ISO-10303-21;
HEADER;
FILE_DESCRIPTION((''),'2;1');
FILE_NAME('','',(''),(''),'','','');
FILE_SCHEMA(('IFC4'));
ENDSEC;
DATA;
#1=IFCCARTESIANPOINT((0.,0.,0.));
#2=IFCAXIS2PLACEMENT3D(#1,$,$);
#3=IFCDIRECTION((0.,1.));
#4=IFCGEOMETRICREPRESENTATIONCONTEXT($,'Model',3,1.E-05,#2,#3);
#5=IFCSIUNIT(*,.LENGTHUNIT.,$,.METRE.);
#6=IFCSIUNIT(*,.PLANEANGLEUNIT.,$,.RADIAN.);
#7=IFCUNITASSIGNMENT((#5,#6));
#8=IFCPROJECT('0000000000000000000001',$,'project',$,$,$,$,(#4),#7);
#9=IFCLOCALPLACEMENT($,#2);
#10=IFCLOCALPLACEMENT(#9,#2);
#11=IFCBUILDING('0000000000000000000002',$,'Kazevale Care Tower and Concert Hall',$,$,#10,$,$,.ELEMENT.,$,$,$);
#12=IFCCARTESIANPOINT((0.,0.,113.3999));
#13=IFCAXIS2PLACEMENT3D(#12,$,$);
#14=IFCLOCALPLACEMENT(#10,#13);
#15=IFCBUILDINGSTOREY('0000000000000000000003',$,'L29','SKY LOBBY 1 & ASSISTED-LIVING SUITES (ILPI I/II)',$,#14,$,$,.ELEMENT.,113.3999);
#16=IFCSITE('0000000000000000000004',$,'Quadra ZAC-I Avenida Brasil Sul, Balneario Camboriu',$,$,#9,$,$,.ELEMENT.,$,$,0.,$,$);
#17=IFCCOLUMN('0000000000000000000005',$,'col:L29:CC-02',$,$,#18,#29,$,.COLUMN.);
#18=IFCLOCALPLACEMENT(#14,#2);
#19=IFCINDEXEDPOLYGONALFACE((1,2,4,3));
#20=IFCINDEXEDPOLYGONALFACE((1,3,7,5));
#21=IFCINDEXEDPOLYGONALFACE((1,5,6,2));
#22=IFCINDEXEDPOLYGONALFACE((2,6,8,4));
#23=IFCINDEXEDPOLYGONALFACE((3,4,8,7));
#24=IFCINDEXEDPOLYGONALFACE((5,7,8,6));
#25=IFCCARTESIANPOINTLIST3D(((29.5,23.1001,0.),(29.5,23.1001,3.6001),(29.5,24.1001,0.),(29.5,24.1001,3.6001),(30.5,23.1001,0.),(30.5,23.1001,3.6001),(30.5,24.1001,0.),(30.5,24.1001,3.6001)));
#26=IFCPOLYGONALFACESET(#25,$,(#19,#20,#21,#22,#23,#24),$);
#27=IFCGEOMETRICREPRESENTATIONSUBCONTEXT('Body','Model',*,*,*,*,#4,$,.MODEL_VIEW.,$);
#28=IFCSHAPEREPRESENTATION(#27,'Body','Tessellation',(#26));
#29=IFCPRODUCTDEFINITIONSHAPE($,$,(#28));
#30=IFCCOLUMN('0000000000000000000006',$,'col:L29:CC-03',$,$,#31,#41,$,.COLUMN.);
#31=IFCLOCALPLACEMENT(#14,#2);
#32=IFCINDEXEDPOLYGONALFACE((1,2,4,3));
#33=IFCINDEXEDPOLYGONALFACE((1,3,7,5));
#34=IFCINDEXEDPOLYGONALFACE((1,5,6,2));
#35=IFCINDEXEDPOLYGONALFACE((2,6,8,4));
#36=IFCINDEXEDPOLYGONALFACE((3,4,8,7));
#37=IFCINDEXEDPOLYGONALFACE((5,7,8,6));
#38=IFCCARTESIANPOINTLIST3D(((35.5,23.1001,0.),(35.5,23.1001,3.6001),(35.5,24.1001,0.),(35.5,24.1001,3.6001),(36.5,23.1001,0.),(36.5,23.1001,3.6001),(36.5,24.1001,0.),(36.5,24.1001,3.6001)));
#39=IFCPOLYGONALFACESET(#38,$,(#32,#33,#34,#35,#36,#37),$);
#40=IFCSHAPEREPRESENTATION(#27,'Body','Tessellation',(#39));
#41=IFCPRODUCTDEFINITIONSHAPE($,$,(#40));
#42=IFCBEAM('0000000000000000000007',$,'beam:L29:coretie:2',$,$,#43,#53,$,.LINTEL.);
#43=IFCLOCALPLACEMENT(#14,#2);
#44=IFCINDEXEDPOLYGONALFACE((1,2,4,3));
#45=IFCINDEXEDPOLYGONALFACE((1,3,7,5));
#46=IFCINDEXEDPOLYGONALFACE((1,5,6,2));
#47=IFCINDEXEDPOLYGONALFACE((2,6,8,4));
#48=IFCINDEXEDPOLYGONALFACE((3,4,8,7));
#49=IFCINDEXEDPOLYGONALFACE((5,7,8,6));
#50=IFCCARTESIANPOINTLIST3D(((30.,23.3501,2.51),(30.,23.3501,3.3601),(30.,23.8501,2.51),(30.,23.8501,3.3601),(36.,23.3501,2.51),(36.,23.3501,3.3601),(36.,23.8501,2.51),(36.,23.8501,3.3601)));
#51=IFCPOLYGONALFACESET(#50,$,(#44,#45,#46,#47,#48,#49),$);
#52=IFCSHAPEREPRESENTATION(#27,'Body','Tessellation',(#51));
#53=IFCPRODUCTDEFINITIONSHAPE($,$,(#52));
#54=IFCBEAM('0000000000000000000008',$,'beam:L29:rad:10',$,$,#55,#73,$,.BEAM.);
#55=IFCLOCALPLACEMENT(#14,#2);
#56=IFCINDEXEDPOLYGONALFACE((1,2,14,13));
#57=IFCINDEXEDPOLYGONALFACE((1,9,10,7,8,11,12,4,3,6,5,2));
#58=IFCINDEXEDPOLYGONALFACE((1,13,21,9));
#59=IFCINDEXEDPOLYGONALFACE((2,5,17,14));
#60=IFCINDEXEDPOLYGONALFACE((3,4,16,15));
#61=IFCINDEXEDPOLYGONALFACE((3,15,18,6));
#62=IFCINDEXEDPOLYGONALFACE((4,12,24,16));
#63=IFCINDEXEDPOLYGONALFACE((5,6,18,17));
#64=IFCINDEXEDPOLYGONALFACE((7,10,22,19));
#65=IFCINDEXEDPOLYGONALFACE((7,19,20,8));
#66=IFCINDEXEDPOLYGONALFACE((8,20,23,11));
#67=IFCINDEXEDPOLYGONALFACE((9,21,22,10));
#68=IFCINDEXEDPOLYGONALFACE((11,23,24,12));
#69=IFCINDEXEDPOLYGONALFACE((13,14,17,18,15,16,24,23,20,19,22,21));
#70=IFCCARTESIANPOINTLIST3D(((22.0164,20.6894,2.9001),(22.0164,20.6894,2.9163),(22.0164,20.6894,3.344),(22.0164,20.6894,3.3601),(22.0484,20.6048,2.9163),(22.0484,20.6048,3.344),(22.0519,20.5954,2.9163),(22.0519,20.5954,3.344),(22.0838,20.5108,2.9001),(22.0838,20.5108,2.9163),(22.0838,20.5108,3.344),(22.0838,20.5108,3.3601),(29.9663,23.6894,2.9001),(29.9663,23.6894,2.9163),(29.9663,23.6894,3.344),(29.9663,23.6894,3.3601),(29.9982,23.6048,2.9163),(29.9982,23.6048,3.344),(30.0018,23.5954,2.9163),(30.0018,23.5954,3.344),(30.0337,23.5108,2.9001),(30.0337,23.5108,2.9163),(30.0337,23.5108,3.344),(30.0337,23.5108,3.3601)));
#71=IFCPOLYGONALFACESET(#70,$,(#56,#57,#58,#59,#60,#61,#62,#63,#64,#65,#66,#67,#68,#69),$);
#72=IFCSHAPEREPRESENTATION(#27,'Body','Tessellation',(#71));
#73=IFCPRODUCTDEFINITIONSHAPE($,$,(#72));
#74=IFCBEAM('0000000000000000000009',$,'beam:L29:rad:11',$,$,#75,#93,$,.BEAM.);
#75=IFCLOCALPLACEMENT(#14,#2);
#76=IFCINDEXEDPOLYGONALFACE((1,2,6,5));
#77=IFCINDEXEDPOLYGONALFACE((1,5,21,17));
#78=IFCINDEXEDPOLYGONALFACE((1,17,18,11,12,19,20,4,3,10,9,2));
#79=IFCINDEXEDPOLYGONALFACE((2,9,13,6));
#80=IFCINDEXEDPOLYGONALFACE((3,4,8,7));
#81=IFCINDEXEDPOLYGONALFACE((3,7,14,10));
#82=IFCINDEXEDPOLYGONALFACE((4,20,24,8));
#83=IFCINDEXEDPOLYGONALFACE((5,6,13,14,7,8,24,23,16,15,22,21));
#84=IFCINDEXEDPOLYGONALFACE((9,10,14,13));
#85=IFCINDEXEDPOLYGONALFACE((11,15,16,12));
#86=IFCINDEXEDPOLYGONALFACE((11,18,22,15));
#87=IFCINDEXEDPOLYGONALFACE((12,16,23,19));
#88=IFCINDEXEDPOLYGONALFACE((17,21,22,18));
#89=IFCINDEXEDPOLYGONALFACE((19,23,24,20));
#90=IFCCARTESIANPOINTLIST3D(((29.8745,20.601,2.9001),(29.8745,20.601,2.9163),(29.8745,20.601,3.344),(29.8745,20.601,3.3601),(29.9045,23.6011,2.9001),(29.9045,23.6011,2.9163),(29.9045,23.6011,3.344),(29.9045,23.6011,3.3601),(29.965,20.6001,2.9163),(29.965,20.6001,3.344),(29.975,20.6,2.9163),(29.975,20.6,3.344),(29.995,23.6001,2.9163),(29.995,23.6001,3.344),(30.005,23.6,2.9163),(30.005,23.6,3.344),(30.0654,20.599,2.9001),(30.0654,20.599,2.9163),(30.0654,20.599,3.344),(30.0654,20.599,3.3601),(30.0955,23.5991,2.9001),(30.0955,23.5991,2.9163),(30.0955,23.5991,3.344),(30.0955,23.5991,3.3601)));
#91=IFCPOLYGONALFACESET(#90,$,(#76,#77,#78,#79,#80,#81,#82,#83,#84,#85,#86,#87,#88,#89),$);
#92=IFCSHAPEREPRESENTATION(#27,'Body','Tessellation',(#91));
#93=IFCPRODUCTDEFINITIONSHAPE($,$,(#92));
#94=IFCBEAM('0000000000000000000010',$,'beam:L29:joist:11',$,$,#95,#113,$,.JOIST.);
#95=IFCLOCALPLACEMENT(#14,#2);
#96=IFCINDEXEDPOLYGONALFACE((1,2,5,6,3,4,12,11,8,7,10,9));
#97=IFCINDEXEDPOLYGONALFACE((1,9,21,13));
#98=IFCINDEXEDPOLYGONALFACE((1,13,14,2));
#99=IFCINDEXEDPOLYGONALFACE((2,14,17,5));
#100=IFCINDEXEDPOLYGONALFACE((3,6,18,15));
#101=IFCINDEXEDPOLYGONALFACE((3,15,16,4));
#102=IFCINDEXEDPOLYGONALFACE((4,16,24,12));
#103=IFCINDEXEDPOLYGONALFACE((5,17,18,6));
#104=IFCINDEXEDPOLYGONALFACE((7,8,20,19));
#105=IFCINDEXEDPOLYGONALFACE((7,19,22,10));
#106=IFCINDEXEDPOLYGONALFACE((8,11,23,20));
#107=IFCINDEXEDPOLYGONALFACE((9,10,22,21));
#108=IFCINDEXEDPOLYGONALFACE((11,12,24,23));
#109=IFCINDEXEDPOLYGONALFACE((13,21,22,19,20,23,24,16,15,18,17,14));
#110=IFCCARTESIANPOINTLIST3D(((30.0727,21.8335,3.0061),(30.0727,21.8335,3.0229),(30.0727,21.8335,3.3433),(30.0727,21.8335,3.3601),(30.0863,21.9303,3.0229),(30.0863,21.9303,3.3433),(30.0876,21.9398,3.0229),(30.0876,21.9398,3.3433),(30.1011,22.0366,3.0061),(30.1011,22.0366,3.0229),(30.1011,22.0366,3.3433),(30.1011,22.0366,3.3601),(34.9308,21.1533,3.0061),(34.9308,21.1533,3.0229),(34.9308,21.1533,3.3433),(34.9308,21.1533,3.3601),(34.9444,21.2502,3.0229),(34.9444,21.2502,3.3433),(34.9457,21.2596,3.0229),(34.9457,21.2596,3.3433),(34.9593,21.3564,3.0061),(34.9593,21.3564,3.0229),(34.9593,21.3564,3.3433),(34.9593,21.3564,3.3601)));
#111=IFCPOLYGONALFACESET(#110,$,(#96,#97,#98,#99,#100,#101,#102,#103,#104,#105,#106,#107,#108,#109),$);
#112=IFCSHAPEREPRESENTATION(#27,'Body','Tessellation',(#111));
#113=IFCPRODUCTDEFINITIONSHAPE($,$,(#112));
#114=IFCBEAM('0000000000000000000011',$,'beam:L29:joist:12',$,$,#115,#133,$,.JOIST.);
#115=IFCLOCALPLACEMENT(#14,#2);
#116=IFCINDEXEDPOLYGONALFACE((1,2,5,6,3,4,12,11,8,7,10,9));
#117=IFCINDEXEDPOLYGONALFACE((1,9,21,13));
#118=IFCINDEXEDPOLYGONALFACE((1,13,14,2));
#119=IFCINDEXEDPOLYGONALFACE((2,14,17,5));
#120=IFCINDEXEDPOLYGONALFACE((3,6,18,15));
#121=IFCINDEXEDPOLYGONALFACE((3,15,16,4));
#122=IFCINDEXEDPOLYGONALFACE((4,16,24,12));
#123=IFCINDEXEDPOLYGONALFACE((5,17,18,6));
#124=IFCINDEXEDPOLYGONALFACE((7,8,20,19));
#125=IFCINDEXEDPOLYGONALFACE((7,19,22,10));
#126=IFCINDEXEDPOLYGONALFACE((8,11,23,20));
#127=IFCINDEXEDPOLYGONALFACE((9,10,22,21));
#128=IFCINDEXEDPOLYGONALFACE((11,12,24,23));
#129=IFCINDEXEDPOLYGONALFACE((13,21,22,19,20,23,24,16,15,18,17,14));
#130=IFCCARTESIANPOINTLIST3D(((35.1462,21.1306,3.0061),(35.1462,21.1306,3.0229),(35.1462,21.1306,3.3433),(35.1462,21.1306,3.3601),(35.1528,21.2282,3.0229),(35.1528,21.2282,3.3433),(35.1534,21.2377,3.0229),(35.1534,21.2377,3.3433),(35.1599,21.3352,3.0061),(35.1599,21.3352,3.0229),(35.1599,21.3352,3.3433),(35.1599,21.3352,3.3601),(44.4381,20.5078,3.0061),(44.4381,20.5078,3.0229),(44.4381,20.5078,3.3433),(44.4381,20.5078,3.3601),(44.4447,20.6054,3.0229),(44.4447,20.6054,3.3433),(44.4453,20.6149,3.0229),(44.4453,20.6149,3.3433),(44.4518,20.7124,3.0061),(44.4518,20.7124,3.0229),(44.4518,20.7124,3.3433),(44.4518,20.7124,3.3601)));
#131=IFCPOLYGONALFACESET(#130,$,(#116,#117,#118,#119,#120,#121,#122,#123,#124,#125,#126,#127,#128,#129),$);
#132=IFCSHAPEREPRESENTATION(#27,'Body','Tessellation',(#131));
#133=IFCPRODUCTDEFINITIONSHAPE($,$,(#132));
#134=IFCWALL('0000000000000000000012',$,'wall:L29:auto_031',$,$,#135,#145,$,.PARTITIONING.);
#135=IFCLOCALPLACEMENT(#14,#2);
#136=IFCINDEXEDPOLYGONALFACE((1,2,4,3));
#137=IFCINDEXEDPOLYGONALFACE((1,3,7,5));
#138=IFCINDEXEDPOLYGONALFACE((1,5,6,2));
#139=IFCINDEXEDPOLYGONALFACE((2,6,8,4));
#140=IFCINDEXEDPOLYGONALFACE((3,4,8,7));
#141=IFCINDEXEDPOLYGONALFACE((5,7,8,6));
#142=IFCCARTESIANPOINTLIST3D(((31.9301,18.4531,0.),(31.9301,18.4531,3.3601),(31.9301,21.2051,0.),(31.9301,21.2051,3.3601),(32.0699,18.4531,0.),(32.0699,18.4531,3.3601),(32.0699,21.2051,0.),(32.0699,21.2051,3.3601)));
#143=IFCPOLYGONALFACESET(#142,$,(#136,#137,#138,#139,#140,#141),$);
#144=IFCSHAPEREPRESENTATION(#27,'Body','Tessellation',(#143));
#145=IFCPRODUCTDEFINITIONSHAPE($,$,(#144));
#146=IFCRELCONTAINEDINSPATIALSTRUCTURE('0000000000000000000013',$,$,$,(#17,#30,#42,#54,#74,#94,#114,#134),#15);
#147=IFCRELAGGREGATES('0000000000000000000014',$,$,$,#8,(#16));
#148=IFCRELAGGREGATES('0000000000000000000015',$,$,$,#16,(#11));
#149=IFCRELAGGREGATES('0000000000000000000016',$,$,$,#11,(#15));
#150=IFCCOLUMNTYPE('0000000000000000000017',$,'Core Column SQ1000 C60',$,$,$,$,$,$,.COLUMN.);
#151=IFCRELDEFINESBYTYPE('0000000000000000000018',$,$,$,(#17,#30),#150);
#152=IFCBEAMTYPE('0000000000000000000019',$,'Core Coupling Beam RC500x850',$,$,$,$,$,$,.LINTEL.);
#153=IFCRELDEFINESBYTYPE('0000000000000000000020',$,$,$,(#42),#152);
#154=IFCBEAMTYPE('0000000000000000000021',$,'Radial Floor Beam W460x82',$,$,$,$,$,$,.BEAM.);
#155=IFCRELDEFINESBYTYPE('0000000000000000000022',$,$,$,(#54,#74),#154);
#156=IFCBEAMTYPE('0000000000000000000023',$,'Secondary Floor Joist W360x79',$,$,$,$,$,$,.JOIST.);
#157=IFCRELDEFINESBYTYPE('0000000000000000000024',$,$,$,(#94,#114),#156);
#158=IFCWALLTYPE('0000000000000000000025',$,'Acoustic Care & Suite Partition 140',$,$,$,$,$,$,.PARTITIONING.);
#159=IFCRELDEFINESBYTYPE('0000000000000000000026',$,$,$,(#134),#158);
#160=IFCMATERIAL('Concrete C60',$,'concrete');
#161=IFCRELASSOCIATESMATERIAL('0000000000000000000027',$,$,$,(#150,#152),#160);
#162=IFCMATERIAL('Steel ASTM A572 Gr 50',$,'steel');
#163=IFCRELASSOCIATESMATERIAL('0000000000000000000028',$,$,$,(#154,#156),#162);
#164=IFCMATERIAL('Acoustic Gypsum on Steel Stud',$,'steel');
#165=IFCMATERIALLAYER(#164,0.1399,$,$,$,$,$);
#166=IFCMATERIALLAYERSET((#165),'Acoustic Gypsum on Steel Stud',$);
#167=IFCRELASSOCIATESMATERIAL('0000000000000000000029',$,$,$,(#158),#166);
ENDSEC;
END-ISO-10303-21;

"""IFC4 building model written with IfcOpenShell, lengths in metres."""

from ifc_helpers import new_model, si_unit, direction, frame, frame_2d, origin, origin_2d, place, context, subcontext, project, spatial, rectangle, i_section, extrude, material, layer, layer_set, material_profile, profile_set, type_object, element, save


model = new_model("IFC4")

# Units and contexts
model_context = context("Model", 3, precision=1e-05, world=origin(), true_north=direction((0.0, 1.0)))
body_context = subcontext(model_context, "Body", "Model", "MODEL_VIEW")
ifc_project = project(units=[si_unit("LENGTHUNIT", "METRE"), si_unit("PLANEANGLEUNIT", "RADIAN")], contexts=[model_context])

# Site, building, storey
site_placement = place(None, origin())
site = spatial("IfcSite", under=ifc_project, at=site_placement, Name="Quadra ZAC-I Avenida Brasil Sul, Balneario Camboriu", CompositionType="ELEMENT", RefElevation=0.0)
building_placement = place(site_placement, origin())
building = spatial("IfcBuilding", under=site, at=building_placement, Name="Kazevale Care Tower and Concert Hall", CompositionType="ELEMENT")
storey_placement = place(building_placement, frame((0.0, 0.0, 113.3999)))
storey = spatial("IfcBuildingStorey", under=building, at=storey_placement, Name="L29", Description="SKY LOBBY 1 & ASSISTED-LIVING SUITES (ILPI I/II)", CompositionType="ELEMENT", Elevation=113.3999)

# Columns
ifc_material_1 = material(Name="Concrete C60", Category="concrete")
ifc_material_profile_1 = material_profile(ifc_material_1, rectangle(XDim=1.0, YDim=1.0, at=origin_2d()), Name="RC-SQ1000")
ifc_profile_set_1 = profile_set([ifc_material_profile_1], Name="Concrete C60")
column_type = type_object("IfcColumnType", Name="Core Column SQ1000 C60", PredefinedType="COLUMN", material=ifc_profile_set_1)
for number, where, z_axis, x_axis, name in (
    (1, (30.0, 23.6001, 0.0), (0.0, 0.0, 1.0), (1.0, 0.0, 0.0), "col:L29:CC-02"),
    (2, (36.0, 23.6001, 0.0), (0.0, 0.0, 1.0), (1.0, 0.0, 0.0), "col:L29:CC-03"),
):
    element("IfcColumn", number, at=place(storey_placement, frame(where, z_axis=z_axis, x_axis=x_axis)), inside=storey, type_object=column_type, Name=name, PredefinedType="COLUMN", context=body_context, shape_type="SweptSolid", body=[
        extrude(rectangle(XDim=1.0, YDim=1.0, at=origin_2d()), origin(), (0.0, 0.0, 1.0), 3.6001),
    ])

# Beams
ifc_material_profile_2 = material_profile(ifc_material_1, rectangle(XDim=0.5, YDim=0.8501, at=origin_2d()), Name="RC-B500x850")
ifc_profile_set_2 = profile_set([ifc_material_profile_2], Name="Concrete C60")
beam_type_1 = type_object("IfcBeamType", Name="Core Coupling Beam RC500x850", PredefinedType="LINTEL", material=ifc_profile_set_2)
beam_1_placement = place(storey_placement, frame((30.0, 23.6001, 2.9351), z_axis=(1.0, 0.0, 0.0), x_axis=(0.0, 1.0, 0.0)))
element("IfcBeam", 3, at=beam_1_placement, inside=storey, type_object=beam_type_1, Name="beam:L29:coretie:2", PredefinedType="LINTEL", context=body_context, shape_type="SweptSolid", body=[
    extrude(rectangle(XDim=0.5, YDim=0.8501, at=origin_2d()), origin(), (0.0, 0.0, 1.0), 6.0),
])
ifc_material_2 = material(Name="Steel ASTM A572 Gr 50", Category="steel")
ifc_material_profile_3 = material_profile(ifc_material_2, i_section(OverallWidth=0.1909, OverallDepth=0.46, WebThickness=0.01, FlangeThickness=0.0161, at=origin_2d()), Name="W460x82")
ifc_profile_set_3 = profile_set([ifc_material_profile_3], Name="Steel ASTM A572 Gr 50")
beam_type_2 = type_object("IfcBeamType", Name="Radial Floor Beam W460x82", PredefinedType="BEAM", material=ifc_profile_set_3)
beam_2_placement = place(storey_placement, frame((30.0, 23.6001, 3.1301), z_axis=(-0.935601, -0.353059, 0.0), x_axis=(0.353059, -0.935601, 0.0)))
element("IfcBeam", 4, at=beam_2_placement, inside=storey, type_object=beam_type_2, Name="beam:L29:rad:10", PredefinedType="BEAM", context=body_context, shape_type="SweptSolid", body=[
    extrude(i_section(OverallWidth=0.1909, OverallDepth=0.46, WebThickness=0.01, FlangeThickness=0.0161, at=origin_2d()), origin(), (0.0, 0.0, 1.0), 8.4971),
])
beam_3_placement = place(storey_placement, frame((30.0, 23.6001, 3.1301), z_axis=(-0.010009, -0.99995, 0.0), x_axis=(0.99995, -0.010009, 0.0)))
element("IfcBeam", 5, at=beam_3_placement, inside=storey, type_object=beam_type_2, Name="beam:L29:rad:11", PredefinedType="BEAM", context=body_context, shape_type="SweptSolid", body=[
    extrude(i_section(OverallWidth=0.1909, OverallDepth=0.46, WebThickness=0.01, FlangeThickness=0.0161, at=origin_2d()), origin(), (0.0, 0.0, 1.0), 3.0002),
])
ifc_material_profile_4 = material_profile(ifc_material_2, i_section(OverallWidth=0.2051, OverallDepth=0.354, WebThickness=0.0095, FlangeThickness=0.0168, at=origin_2d()), Name="W360x79")
ifc_profile_set_4 = profile_set([ifc_material_profile_4], Name="Steel ASTM A572 Gr 50")
beam_type_3 = type_object("IfcBeamType", Name="Secondary Floor Joist W360x79", PredefinedType="JOIST", material=ifc_profile_set_4)
beam_4_placement = place(storey_placement, frame((30.0869, 21.9351, 3.1831), z_axis=(0.990341, -0.138655, 0.0), x_axis=(0.138655, 0.990341, 0.0)))
element("IfcBeam", 6, at=beam_4_placement, inside=storey, type_object=beam_type_3, Name="beam:L29:joist:11", PredefinedType="JOIST", context=body_context, shape_type="SweptSolid", body=[
    extrude(i_section(OverallWidth=0.2051, OverallDepth=0.354, WebThickness=0.0095, FlangeThickness=0.0168, at=origin_2d()), origin(), (0.0, 0.0, 1.0), 4.9055),
])
beam_5_placement = place(storey_placement, frame((35.1531, 21.2329, 3.1831), z_axis=(0.997761, -0.066876, 0.0), x_axis=(0.066876, 0.997761, 0.0)))
element("IfcBeam", 7, at=beam_5_placement, inside=storey, type_object=beam_type_3, Name="beam:L29:joist:12", PredefinedType="JOIST", context=body_context, shape_type="SweptSolid", body=[
    extrude(i_section(OverallWidth=0.2051, OverallDepth=0.354, WebThickness=0.0095, FlangeThickness=0.0168, at=origin_2d()), origin(), (0.0, 0.0, 1.0), 9.3127),
])

# Wall
ifc_material_3 = material(Name="Acoustic Gypsum on Steel Stud", Category="steel")
ifc_layer_1 = layer(ifc_material_3, 0.1399)
ifc_layer_set_1 = layer_set([ifc_layer_1], Name="Acoustic Gypsum on Steel Stud")
wall_type_1 = type_object("IfcWallType", Name="Acoustic Care & Suite Partition 140", PredefinedType="PARTITIONING", material=ifc_layer_set_1)
wall_1_placement = place(storey_placement, frame((32.0, 21.2051, 0.0), z_axis=(0.0, 0.0, 1.0), x_axis=(0.0, -1.0, 0.0)))
element("IfcWall", 8, at=wall_1_placement, inside=storey, type_object=wall_type_1, Name="wall:L29:auto_031", PredefinedType="PARTITIONING", context=body_context, shape_type="SweptSolid", body=[
    extrude(rectangle(XDim=2.752, YDim=0.1399, at=frame_2d((1.376, 0.0))), origin(), (0.0, 0.0, 1.0), 3.3601),
])

save(model, "model.ifc")
